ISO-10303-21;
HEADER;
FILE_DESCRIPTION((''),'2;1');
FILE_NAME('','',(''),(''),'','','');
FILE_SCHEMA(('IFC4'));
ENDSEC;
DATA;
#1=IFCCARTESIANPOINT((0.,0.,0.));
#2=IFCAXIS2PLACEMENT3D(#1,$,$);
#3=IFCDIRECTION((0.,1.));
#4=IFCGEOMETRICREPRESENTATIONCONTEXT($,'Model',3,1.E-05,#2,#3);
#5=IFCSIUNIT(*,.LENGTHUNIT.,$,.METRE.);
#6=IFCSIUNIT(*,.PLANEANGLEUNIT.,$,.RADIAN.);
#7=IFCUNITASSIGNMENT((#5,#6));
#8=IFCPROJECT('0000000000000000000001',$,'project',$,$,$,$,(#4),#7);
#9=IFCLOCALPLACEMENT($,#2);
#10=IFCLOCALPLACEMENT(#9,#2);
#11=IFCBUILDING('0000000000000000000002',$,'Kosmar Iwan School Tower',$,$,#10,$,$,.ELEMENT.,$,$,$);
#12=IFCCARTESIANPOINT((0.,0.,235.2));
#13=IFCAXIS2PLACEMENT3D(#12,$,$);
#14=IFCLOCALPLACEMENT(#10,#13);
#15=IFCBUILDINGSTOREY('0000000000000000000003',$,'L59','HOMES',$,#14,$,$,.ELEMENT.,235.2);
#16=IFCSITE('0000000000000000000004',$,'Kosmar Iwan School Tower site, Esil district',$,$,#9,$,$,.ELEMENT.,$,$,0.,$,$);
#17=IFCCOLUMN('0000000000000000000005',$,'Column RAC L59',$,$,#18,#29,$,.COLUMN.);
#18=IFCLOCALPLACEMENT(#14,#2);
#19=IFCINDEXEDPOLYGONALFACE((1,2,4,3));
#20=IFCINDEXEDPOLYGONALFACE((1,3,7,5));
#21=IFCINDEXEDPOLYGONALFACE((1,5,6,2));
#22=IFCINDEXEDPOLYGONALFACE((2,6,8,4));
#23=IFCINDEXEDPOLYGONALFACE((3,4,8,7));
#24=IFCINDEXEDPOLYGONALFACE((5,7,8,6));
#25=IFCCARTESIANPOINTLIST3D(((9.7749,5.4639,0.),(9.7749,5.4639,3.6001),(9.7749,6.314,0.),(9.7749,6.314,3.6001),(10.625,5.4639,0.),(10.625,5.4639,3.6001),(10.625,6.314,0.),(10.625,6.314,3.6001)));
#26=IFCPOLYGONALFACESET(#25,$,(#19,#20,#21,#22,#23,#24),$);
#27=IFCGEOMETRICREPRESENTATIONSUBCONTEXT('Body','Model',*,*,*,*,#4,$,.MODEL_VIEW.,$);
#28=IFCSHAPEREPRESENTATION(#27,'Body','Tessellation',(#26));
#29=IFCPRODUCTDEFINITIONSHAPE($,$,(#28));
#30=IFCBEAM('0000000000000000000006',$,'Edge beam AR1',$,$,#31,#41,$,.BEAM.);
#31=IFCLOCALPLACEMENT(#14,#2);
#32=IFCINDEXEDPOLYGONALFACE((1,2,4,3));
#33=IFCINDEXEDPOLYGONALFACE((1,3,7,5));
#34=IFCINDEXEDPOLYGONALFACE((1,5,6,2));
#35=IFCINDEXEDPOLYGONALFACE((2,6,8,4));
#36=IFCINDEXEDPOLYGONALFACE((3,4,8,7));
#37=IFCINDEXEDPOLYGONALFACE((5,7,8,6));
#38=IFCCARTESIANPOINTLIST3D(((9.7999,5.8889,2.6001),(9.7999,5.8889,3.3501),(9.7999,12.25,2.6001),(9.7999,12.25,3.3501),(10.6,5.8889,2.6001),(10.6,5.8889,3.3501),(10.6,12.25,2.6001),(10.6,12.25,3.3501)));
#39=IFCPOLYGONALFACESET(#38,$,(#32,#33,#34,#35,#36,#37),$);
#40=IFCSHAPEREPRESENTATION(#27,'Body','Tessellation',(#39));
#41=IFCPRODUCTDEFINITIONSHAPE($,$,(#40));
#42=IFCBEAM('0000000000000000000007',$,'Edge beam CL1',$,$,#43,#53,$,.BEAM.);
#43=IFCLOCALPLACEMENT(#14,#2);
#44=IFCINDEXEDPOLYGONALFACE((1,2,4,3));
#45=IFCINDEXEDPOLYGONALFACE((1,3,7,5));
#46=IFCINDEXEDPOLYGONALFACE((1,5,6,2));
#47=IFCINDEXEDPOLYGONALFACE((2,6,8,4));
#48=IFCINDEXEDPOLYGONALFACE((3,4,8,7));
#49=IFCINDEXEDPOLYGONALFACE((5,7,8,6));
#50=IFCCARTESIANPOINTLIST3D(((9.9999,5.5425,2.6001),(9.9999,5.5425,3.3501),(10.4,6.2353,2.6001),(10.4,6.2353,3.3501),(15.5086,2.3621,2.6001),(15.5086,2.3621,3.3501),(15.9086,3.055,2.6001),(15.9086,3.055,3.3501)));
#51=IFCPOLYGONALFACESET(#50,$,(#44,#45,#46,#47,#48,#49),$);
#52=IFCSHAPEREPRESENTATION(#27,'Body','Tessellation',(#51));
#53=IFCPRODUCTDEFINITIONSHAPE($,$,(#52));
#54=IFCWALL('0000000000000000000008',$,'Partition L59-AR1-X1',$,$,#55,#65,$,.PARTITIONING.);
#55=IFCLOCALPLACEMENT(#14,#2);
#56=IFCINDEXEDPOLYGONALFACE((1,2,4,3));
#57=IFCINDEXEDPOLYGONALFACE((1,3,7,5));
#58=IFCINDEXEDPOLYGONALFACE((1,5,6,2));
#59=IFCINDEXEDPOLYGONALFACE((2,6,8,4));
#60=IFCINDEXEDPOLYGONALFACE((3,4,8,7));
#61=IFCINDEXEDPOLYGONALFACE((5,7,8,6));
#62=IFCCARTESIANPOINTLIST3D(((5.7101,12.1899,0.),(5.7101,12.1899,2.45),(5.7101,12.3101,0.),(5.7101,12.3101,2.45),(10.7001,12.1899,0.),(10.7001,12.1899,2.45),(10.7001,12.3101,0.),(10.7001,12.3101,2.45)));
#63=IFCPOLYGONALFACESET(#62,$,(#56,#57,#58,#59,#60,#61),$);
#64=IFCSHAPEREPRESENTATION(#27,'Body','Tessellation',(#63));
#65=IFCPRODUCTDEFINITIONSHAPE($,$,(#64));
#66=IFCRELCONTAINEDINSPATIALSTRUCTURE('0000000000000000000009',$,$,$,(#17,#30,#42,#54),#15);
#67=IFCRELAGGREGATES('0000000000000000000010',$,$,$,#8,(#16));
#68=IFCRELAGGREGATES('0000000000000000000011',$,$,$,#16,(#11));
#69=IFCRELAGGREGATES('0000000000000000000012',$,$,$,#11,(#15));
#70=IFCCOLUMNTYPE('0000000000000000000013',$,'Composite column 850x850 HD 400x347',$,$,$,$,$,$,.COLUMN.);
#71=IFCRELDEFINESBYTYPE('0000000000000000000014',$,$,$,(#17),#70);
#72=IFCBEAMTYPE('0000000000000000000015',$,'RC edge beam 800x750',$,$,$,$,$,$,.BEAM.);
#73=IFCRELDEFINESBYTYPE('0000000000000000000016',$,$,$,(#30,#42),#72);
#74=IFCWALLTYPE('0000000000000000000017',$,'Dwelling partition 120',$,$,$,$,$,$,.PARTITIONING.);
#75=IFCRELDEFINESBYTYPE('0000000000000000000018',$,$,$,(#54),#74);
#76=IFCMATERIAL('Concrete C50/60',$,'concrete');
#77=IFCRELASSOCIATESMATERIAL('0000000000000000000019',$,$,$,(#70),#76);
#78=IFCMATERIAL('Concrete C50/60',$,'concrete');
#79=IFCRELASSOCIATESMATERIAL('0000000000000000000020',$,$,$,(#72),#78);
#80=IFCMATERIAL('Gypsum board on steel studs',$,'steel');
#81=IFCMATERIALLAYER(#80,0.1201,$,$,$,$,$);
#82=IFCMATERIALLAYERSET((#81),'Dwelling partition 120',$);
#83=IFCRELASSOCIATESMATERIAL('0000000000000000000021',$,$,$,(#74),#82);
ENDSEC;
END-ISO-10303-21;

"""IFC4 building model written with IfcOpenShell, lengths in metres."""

from ifc_helpers import new_model, si_unit, direction, frame, frame_2d, origin, origin_2d, place, context, subcontext, project, spatial, rectangle, extrude, material, layer, layer_set, material_profile, profile_set, type_object, element, save


model = new_model("IFC4")

# Units and contexts
model_context = context("Model", 3, precision=1e-05, world=origin(), true_north=direction((0.0, 1.0)))
body_context = subcontext(model_context, "Body", "Model", "MODEL_VIEW")
ifc_project = project(units=[si_unit("LENGTHUNIT", "METRE"), si_unit("PLANEANGLEUNIT", "RADIAN")], contexts=[model_context])

# Site, building, storey
site_placement = place(None, origin())
site = spatial("IfcSite", under=ifc_project, at=site_placement, Name="Kosmar Iwan School Tower site, Esil district", CompositionType="ELEMENT", RefElevation=0.0)
building_placement = place(site_placement, origin())
building = spatial("IfcBuilding", under=site, at=building_placement, Name="Kosmar Iwan School Tower", CompositionType="ELEMENT")
storey_placement = place(building_placement, frame((0.0, 0.0, 235.2)))
storey = spatial("IfcBuildingStorey", under=building, at=storey_placement, Name="L59", Description="HOMES", CompositionType="ELEMENT", Elevation=235.2)

# Column
ifc_material_1 = material(Name="Concrete C50/60", Category="concrete")
ifc_material_profile_1 = material_profile(ifc_material_1, rectangle(XDim=0.8501, YDim=0.8501, at=origin_2d()), Name="RC 850x850 + HD 400x347")
ifc_profile_set_1 = profile_set([ifc_material_profile_1], Name="Concrete C50/60")
column_type = type_object("IfcColumnType", Name="Composite column 850x850 HD 400x347", PredefinedType="COLUMN", material=ifc_profile_set_1)
column_placement = place(storey_placement, frame((10.2, 5.8889, 0.0), z_axis=(0.0, 0.0, 1.0), x_axis=(1.0, 0.0, 0.0)))
element("IfcColumn", 1, at=column_placement, inside=storey, type_object=column_type, Name="Column RAC L59", PredefinedType="COLUMN", context=body_context, shape_type="SweptSolid", body=[
    extrude(rectangle(XDim=0.8501, YDim=0.8501, at=origin_2d()), origin(), (0.0, 0.0, 1.0), 3.6001),
])

# Beams
ifc_material_2 = material(Name="Concrete C50/60", Category="concrete")
ifc_material_profile_2 = material_profile(ifc_material_2, rectangle(XDim=0.8, YDim=0.75, at=origin_2d()), Name="RC 800x750")
ifc_profile_set_2 = profile_set([ifc_material_profile_2], Name="Concrete C50/60")
beam_type = type_object("IfcBeamType", Name="RC edge beam 800x750", PredefinedType="BEAM", material=ifc_profile_set_2)
beam_1_placement = place(storey_placement, frame((10.2, 5.8889, 2.9751), z_axis=(0.0, 1.0, 0.0), x_axis=(-1.0, 0.0, 0.0)))
element("IfcBeam", 2, at=beam_1_placement, inside=storey, type_object=beam_type, Name="Edge beam AR1", PredefinedType="BEAM", context=body_context, shape_type="SweptSolid", body=[
    extrude(rectangle(XDim=0.8, YDim=0.75, at=origin_2d()), origin(), (0.0, 0.0, 1.0), 6.3611),
])
beam_2_placement = place(storey_placement, frame((10.2, 5.8889, 2.9751), z_axis=(0.866031, -0.49999, 0.0), x_axis=(0.49999, 0.866031, 0.0)))
element("IfcBeam", 3, at=beam_2_placement, inside=storey, type_object=beam_type, Name="Edge beam CL1", PredefinedType="BEAM", context=body_context, shape_type="SweptSolid", body=[
    extrude(rectangle(XDim=0.8, YDim=0.75, at=origin_2d()), origin(), (0.0, 0.0, 1.0), 6.3608),
])

# Wall
ifc_material_3 = material(Name="Gypsum board on steel studs", Category="steel")
ifc_layer_1 = layer(ifc_material_3, 0.1201)
ifc_layer_set_1 = layer_set([ifc_layer_1], Name="Dwelling partition 120")
wall_type_1 = type_object("IfcWallType", Name="Dwelling partition 120", PredefinedType="PARTITIONING", material=ifc_layer_set_1)
wall_1_placement = place(storey_placement, frame((5.71, 12.25, 0.0), z_axis=(0.0, 0.0, 1.0), x_axis=(1.0, 0.0, 0.0)))
element("IfcWall", 4, at=wall_1_placement, inside=storey, type_object=wall_type_1, Name="Partition L59-AR1-X1", PredefinedType="PARTITIONING", context=body_context, shape_type="SweptSolid", body=[
    extrude(rectangle(XDim=4.99, YDim=0.1201, at=frame_2d((2.4951, 0.0))), origin(), (0.0, 0.0, 1.0), 2.45),
])

save(model, "model.ifc")
